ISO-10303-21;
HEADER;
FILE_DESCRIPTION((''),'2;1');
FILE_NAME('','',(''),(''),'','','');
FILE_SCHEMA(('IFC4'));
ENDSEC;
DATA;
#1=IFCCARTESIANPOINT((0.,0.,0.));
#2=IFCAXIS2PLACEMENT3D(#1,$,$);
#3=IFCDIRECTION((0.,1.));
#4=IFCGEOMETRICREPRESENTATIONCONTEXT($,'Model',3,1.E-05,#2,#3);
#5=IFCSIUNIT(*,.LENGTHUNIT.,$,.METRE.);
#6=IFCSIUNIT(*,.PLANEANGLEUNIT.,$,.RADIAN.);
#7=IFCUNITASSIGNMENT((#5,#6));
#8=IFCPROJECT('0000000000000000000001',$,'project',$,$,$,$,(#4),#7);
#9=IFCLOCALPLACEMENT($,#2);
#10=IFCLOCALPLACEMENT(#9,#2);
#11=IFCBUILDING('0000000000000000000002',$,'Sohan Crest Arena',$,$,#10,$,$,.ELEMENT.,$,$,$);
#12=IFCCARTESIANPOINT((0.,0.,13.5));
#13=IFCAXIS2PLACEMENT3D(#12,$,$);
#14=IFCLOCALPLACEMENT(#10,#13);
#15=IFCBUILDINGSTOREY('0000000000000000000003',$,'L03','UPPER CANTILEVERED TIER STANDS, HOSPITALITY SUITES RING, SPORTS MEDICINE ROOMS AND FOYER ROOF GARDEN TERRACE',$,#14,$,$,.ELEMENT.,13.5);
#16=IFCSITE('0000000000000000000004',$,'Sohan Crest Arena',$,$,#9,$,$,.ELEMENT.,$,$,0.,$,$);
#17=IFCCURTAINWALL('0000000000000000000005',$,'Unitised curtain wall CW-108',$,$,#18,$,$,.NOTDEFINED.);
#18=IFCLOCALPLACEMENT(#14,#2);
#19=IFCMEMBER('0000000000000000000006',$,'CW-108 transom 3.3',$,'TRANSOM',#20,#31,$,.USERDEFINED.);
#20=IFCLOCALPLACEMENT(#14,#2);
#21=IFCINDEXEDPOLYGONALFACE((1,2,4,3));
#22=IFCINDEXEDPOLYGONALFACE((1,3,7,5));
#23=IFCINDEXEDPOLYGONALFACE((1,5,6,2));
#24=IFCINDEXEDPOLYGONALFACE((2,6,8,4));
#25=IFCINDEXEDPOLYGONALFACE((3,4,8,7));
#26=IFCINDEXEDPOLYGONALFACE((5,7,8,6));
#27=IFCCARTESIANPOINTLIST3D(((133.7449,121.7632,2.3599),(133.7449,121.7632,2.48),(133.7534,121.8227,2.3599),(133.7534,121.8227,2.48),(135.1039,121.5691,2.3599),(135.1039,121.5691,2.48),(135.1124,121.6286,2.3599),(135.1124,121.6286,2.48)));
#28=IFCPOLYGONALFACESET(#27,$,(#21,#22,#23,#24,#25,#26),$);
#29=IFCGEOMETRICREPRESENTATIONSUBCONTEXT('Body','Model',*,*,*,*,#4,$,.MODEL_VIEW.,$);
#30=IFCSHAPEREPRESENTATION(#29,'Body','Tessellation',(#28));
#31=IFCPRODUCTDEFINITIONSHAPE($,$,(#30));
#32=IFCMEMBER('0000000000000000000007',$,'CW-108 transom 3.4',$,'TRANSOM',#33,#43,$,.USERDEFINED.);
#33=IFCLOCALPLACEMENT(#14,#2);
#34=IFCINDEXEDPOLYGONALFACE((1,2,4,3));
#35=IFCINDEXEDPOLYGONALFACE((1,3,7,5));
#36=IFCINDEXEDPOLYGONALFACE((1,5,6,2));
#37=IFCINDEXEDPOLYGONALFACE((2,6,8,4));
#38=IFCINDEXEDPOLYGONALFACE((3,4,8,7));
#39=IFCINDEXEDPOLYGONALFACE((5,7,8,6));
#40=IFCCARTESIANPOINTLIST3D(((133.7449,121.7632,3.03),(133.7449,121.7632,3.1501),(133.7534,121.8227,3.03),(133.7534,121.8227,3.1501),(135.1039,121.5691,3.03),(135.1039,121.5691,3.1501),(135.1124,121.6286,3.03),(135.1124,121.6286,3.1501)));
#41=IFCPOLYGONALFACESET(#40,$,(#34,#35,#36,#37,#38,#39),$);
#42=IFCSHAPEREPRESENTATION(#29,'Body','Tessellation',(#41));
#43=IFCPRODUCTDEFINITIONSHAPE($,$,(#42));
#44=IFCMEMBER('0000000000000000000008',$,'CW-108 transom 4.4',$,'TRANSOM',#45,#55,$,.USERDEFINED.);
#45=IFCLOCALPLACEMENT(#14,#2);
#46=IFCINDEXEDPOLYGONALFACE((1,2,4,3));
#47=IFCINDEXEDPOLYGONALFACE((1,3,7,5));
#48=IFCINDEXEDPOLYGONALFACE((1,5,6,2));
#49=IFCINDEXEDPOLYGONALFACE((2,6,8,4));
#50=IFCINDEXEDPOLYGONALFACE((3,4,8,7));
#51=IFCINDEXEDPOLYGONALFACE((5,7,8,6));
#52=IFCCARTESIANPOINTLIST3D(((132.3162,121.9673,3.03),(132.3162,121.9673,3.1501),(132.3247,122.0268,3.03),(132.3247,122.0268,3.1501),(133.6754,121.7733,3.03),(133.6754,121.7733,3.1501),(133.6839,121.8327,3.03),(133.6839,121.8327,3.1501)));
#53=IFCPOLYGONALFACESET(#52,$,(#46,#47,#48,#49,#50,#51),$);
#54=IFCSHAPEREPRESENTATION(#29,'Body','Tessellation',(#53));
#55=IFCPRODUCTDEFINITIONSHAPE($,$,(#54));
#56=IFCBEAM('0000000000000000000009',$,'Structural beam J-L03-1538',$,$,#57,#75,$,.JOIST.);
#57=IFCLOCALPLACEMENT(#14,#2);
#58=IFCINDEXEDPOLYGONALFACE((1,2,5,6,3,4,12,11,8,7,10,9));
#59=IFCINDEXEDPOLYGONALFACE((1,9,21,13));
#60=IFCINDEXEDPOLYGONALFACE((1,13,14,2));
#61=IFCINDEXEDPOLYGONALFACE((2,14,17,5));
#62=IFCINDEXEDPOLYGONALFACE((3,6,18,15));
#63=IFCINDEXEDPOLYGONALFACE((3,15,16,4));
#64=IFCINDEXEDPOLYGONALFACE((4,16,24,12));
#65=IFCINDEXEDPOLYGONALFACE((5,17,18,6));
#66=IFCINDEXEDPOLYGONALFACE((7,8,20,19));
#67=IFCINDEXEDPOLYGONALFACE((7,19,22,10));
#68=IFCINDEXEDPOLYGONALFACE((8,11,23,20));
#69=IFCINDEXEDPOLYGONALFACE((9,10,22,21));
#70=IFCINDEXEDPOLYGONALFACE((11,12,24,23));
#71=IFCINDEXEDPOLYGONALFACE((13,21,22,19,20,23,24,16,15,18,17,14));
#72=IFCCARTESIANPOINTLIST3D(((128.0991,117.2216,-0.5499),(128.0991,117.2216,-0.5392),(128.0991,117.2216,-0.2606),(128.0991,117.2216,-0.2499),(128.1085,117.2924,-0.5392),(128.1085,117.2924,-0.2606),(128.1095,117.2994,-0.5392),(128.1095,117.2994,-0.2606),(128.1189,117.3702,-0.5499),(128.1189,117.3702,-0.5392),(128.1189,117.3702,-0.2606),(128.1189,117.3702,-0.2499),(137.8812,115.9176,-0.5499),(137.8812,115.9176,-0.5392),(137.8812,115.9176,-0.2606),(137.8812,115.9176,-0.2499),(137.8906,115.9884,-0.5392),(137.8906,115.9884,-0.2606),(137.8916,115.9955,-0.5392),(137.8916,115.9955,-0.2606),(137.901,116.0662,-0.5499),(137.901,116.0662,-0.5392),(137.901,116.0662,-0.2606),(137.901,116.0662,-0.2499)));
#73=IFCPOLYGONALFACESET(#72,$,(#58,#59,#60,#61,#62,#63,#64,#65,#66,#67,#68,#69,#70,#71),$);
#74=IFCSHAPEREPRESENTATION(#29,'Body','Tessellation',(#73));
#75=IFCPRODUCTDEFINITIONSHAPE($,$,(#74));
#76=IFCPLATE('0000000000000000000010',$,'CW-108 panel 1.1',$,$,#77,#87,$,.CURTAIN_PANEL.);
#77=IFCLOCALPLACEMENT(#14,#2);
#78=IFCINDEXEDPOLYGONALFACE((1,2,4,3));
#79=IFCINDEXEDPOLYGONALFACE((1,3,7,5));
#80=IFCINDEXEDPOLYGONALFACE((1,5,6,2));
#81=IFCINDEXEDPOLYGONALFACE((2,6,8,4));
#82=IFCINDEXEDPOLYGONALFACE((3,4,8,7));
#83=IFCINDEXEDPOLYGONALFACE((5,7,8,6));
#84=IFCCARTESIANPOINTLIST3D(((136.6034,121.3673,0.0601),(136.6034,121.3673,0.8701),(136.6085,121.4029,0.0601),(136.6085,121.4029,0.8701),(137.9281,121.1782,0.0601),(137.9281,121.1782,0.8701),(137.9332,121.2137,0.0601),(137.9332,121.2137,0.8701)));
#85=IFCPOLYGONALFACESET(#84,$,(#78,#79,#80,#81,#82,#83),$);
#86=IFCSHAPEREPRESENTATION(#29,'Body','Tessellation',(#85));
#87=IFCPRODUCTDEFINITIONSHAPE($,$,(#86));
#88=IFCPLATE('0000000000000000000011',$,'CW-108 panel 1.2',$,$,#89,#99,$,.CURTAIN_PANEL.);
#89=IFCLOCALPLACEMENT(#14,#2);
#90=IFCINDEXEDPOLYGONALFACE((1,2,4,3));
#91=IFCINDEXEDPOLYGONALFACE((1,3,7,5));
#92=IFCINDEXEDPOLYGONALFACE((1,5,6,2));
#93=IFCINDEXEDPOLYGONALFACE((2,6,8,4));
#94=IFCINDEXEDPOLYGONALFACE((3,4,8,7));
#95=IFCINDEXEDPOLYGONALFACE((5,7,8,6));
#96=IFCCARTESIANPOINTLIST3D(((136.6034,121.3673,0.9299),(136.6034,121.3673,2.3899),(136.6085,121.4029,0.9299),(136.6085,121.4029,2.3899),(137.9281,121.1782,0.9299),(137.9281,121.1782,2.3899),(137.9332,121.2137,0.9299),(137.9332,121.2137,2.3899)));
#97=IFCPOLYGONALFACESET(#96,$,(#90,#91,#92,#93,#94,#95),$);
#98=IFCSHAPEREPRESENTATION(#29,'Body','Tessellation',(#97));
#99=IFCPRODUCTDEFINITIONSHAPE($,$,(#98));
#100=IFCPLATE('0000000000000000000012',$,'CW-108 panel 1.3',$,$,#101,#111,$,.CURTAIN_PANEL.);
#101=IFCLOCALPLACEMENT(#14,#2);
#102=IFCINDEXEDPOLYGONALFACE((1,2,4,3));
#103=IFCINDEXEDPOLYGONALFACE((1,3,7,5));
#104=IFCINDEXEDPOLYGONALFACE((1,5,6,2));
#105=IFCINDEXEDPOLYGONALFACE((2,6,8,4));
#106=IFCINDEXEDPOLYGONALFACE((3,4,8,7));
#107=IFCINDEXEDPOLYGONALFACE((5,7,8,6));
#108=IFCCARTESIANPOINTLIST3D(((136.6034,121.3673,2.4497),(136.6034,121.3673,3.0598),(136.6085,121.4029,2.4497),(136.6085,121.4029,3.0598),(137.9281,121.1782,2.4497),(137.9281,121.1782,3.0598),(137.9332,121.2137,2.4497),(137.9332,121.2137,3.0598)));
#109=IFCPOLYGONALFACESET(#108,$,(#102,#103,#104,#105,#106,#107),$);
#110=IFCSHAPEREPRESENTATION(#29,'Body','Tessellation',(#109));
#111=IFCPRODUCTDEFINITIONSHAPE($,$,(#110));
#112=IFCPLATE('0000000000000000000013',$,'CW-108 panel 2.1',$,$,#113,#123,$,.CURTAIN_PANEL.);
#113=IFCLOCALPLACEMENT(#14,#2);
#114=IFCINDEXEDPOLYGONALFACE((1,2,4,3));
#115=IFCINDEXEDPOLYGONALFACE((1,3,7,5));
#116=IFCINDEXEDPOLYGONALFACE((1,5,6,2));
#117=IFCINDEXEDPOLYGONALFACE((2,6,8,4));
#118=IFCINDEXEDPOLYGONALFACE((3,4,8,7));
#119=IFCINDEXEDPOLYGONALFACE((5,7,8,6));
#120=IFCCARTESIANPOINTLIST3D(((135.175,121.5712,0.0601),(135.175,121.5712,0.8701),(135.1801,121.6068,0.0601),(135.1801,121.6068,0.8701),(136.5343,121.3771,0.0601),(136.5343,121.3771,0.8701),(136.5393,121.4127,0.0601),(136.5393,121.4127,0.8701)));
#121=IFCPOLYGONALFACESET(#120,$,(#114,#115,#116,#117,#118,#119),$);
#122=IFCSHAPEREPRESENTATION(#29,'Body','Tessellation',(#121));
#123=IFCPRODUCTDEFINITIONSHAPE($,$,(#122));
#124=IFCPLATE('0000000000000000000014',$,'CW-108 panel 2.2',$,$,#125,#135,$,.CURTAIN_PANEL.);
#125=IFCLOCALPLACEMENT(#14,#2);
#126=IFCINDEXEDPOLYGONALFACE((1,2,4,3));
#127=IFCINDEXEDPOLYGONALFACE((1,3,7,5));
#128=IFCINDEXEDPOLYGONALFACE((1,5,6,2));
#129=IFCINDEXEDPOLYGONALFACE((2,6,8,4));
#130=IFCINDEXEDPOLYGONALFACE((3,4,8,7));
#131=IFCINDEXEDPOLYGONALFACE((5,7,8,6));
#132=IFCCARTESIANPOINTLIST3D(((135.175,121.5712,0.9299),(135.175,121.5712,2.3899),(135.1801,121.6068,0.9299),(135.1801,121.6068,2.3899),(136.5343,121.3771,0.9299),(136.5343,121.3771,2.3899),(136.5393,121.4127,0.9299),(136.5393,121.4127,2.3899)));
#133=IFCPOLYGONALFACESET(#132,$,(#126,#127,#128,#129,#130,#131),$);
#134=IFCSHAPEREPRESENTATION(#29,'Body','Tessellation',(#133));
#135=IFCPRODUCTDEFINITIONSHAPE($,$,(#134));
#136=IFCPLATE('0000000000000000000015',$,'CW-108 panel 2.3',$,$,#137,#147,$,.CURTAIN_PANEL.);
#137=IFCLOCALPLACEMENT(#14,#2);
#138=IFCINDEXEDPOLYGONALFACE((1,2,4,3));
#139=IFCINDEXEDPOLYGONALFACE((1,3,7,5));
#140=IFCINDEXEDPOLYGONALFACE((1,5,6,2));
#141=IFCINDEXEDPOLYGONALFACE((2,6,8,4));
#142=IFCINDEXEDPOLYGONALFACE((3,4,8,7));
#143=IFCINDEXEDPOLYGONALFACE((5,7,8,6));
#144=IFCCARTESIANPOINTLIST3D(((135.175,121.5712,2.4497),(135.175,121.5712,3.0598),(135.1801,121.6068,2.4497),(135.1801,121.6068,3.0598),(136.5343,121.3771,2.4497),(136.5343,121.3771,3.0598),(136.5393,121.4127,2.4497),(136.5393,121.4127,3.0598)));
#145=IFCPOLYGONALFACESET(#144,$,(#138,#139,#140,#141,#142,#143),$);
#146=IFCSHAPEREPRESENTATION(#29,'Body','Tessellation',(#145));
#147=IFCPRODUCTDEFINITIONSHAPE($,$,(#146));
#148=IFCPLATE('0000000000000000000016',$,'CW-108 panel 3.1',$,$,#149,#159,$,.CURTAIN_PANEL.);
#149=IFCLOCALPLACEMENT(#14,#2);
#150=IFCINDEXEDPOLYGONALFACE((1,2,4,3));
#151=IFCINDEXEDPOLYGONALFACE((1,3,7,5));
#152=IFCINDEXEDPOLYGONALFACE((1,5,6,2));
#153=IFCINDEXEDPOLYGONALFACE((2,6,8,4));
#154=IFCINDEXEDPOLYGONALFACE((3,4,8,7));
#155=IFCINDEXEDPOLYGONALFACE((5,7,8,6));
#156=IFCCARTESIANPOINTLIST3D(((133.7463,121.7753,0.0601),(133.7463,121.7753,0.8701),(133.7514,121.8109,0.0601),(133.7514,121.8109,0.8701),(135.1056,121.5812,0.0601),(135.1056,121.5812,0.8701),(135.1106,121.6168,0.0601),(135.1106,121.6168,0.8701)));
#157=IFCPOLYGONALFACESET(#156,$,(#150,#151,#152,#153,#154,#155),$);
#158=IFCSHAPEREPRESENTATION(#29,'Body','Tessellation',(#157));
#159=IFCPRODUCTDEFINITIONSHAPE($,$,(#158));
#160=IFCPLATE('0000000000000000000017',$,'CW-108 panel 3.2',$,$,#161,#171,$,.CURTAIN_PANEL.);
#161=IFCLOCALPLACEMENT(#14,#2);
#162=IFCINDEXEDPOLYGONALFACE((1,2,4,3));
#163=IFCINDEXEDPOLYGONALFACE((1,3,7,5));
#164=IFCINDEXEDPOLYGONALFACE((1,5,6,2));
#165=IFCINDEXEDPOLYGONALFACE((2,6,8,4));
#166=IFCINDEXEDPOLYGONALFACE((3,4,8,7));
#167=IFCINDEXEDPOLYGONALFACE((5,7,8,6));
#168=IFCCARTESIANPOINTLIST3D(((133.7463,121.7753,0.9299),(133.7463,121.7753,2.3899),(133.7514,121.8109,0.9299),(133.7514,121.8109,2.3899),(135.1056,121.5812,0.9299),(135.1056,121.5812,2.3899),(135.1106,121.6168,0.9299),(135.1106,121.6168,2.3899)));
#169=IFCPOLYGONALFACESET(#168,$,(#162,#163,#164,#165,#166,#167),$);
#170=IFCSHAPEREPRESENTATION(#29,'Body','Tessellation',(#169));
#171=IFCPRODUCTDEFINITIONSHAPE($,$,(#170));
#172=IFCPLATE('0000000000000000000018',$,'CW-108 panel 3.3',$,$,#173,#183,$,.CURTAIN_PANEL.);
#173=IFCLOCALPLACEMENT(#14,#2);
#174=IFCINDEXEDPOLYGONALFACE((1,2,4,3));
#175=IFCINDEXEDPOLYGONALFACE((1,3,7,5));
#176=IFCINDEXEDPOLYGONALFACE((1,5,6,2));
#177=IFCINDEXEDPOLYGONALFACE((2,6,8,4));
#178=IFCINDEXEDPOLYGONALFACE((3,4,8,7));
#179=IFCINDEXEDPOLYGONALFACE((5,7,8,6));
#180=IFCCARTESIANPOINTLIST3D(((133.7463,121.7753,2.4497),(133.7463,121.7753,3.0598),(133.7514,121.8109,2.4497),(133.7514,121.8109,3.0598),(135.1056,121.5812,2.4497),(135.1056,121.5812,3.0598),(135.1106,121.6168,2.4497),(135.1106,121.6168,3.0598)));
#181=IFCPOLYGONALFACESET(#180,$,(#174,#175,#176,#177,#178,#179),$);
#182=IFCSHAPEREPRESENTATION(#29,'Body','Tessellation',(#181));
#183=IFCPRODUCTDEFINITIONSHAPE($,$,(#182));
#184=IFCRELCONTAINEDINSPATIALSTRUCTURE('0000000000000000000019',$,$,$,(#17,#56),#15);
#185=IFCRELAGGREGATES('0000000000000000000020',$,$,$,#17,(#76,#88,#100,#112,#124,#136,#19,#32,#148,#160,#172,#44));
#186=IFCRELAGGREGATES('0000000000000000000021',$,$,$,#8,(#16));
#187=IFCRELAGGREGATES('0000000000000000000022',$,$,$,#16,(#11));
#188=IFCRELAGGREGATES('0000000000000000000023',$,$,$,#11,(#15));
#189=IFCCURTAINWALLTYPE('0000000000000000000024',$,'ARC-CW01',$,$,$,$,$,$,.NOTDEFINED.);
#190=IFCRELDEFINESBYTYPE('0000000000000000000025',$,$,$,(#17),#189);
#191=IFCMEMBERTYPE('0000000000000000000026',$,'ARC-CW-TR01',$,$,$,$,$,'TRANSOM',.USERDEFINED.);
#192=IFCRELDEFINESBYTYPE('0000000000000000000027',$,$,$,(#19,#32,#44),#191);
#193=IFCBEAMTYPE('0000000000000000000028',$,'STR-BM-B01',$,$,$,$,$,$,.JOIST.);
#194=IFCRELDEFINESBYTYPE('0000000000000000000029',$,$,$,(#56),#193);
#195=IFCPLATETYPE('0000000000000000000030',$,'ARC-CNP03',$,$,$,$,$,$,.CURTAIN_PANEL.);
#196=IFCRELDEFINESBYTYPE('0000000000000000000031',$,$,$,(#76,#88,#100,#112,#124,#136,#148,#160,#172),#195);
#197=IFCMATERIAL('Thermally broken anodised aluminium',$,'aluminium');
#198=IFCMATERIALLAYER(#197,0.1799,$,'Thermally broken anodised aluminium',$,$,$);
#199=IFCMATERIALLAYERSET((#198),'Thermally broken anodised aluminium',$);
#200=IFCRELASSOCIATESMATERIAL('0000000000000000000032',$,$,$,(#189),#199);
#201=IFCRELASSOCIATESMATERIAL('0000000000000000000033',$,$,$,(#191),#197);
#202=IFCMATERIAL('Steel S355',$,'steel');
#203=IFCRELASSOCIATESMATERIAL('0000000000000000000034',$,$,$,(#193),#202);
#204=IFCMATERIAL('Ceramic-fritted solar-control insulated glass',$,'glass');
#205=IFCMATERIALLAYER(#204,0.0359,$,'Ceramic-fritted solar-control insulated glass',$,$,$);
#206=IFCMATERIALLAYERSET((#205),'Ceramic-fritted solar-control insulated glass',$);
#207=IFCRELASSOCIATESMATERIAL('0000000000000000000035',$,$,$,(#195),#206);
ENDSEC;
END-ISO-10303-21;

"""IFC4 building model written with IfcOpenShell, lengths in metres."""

from ifc_helpers import new_model, si_unit, direction, frame, origin, origin_2d, place, context, subcontext, project, spatial, rectangle, i_section, extrude, material, layer, layer_set, material_profile, profile_set, type_object, element, aggregate, save


model = new_model("IFC4")

# Units and contexts
model_context = context("Model", 3, precision=1e-05, world=origin(), true_north=direction((0.0, 1.0)))
body_context = subcontext(model_context, "Body", "Model", "MODEL_VIEW")
ifc_project = project(units=[si_unit("LENGTHUNIT", "METRE"), si_unit("PLANEANGLEUNIT", "RADIAN")], contexts=[model_context])

# Site, building, storey
site_placement = place(None, origin())
site = spatial("IfcSite", under=ifc_project, at=site_placement, Name="Sohan Crest Arena", CompositionType="ELEMENT", RefElevation=0.0)
building_placement = place(site_placement, origin())
building = spatial("IfcBuilding", under=site, at=building_placement, Name="Sohan Crest Arena", CompositionType="ELEMENT")
storey_placement = place(building_placement, frame((0.0, 0.0, 13.5)))
storey = spatial("IfcBuildingStorey", under=building, at=storey_placement, Name="L03", Description="UPPER CANTILEVERED TIER STANDS, HOSPITALITY SUITES RING, SPORTS MEDICINE ROOMS AND FOYER ROOF GARDEN TERRACE", CompositionType="ELEMENT", Elevation=13.5)

# Curtain wall, members
ifc_material_1 = material(Name="Thermally broken anodised aluminium", Category="aluminium")
ifc_layer_1 = layer(ifc_material_1, 0.1799, Name="Thermally broken anodised aluminium")
ifc_layer_set_1 = layer_set([ifc_layer_1], Name="Thermally broken anodised aluminium")
curtain_wall_type = type_object("IfcCurtainWallType", Name="ARC-CW01", PredefinedType="NOTDEFINED", material=ifc_layer_set_1)
curtain_wall_placement = place(storey_placement, origin())
curtain_wall = element("IfcCurtainWall", 1, at=curtain_wall_placement, inside=storey, type_object=curtain_wall_type, Name="Unitised curtain wall CW-108", PredefinedType="NOTDEFINED")
ifc_material_profile_1 = material_profile(ifc_material_1, rectangle(XDim=0.0601, YDim=0.1201, at=origin_2d()), Name="ALU-TRAN 60x120")
ifc_profile_set_1 = profile_set([ifc_material_profile_1], Name="Thermally broken anodised aluminium")
member_type_1 = type_object("IfcMemberType", Name="ARC-CW-TR01", ElementType="TRANSOM", PredefinedType="USERDEFINED", material=ifc_profile_set_1)
member_1_placement = place(storey_placement, frame((135.1082, 121.5989, 2.4199), z_axis=(-0.989957, 0.141372, 0.0), x_axis=(-0.141372, -0.989957, 0.0)))
member_1 = element("IfcMember", 2, at=member_1_placement, type_object=member_type_1, Name="CW-108 transom 3.3", ObjectType="TRANSOM", PredefinedType="USERDEFINED", context=body_context, shape_type="SweptSolid", body=[
    extrude(rectangle(XDim=0.0601, YDim=0.1201, at=origin_2d()), origin(), (0.0, 0.0, 1.0), 1.3728),
])
member_2_placement = place(storey_placement, frame((135.1082, 121.5989, 3.0901), z_axis=(-0.989957, 0.141372, 0.0), x_axis=(-0.141372, -0.989957, 0.0)))
member_2 = element("IfcMember", 3, at=member_2_placement, type_object=member_type_1, Name="CW-108 transom 3.4", ObjectType="TRANSOM", PredefinedType="USERDEFINED", context=body_context, shape_type="SweptSolid", body=[
    extrude(rectangle(XDim=0.0601, YDim=0.1201, at=origin_2d()), origin(), (0.0, 0.0, 1.0), 1.3728),
])
member_3_placement = place(storey_placement, frame((133.6797, 121.803, 3.0901), z_axis=(-0.98996, 0.141347, 0.0), x_axis=(-0.141347, -0.98996, 0.0)))
member_3 = element("IfcMember", 4, at=member_3_placement, type_object=member_type_1, Name="CW-108 transom 4.4", ObjectType="TRANSOM", PredefinedType="USERDEFINED", context=body_context, shape_type="SweptSolid", body=[
    extrude(rectangle(XDim=0.0601, YDim=0.1201, at=origin_2d()), origin(), (0.0, 0.0, 1.0), 1.373),
])

# Beam
ifc_material_2 = material(Name="Steel S355", Category="steel")
ifc_material_profile_2 = material_profile(ifc_material_2, i_section(OverallWidth=0.1499, OverallDepth=0.3, WebThickness=0.0071, FlangeThickness=0.0107, at=origin_2d()), Name="IPE 300")
ifc_profile_set_2 = profile_set([ifc_material_profile_2], Name="Steel S355")
beam_type = type_object("IfcBeamType", Name="STR-BM-B01", PredefinedType="JOIST", material=ifc_profile_set_2)
beam_placement = place(storey_placement, frame((137.8911, 115.9919, -0.3999), z_axis=(-0.991232, 0.13213, 0.0), x_axis=(-0.13213, -0.991232, 0.0)))
element("IfcBeam", 5, at=beam_placement, inside=storey, type_object=beam_type, Name="Structural beam J-L03-1538", PredefinedType="JOIST", context=body_context, shape_type="SweptSolid", body=[
    extrude(i_section(OverallWidth=0.1499, OverallDepth=0.3, WebThickness=0.0071, FlangeThickness=0.0107, at=origin_2d()), origin(), (0.0, 0.0, 1.0), 9.8687),
])

# Plates
ifc_material_3 = material(Name="Ceramic-fritted solar-control insulated glass", Category="glass")
ifc_layer_2 = layer(ifc_material_3, 0.0359, Name="Ceramic-fritted solar-control insulated glass")
ifc_layer_set_2 = layer_set([ifc_layer_2], Name="Ceramic-fritted solar-control insulated glass")
plate_type = type_object("IfcPlateType", Name="ARC-CNP03", PredefinedType="CURTAIN_PANEL", material=ifc_layer_set_2)
plate_1_placement = place(storey_placement, frame((137.2683, 121.2905, 0.0601), z_axis=(0.0, 0.0, 1.0), x_axis=(-0.989957, 0.141366, 0.0)))
plate_1 = element("IfcPlate", 6, at=plate_1_placement, type_object=plate_type, Name="CW-108 panel 1.1", PredefinedType="CURTAIN_PANEL", context=body_context, shape_type="SweptSolid", body=[
    extrude(rectangle(XDim=1.3381, YDim=0.0359, at=origin_2d()), origin(), (0.0, 0.0, 1.0), 0.8101),
])
plate_2_placement = place(storey_placement, frame((137.2683, 121.2905, 0.9299), z_axis=(0.0, 0.0, 1.0), x_axis=(-0.989957, 0.141366, 0.0)))
plate_2 = element("IfcPlate", 7, at=plate_2_placement, type_object=plate_type, Name="CW-108 panel 1.2", PredefinedType="CURTAIN_PANEL", context=body_context, shape_type="SweptSolid", body=[
    extrude(rectangle(XDim=1.3381, YDim=0.0359, at=origin_2d()), origin(), (0.0, 0.0, 1.0), 1.46),
])
plate_3_placement = place(storey_placement, frame((137.2683, 121.2905, 2.4497), z_axis=(0.0, 0.0, 1.0), x_axis=(-0.989957, 0.141366, 0.0)))
plate_3 = element("IfcPlate", 8, at=plate_3_placement, type_object=plate_type, Name="CW-108 panel 1.3", PredefinedType="CURTAIN_PANEL", context=body_context, shape_type="SweptSolid", body=[
    extrude(rectangle(XDim=1.3381, YDim=0.0359, at=origin_2d()), origin(), (0.0, 0.0, 1.0), 0.6101),
])
plate_4_placement = place(storey_placement, frame((135.8572, 121.4919, 0.0601), z_axis=(0.0, 0.0, 1.0), x_axis=(-0.989957, 0.141366, 0.0)))
plate_4 = element("IfcPlate", 9, at=plate_4_placement, type_object=plate_type, Name="CW-108 panel 2.1", PredefinedType="CURTAIN_PANEL", context=body_context, shape_type="SweptSolid", body=[
    extrude(rectangle(XDim=1.373, YDim=0.0359, at=origin_2d()), origin(), (0.0, 0.0, 1.0), 0.8101),
])
plate_5_placement = place(storey_placement, frame((135.8572, 121.4919, 0.9299), z_axis=(0.0, 0.0, 1.0), x_axis=(-0.989957, 0.141366, 0.0)))
plate_5 = element("IfcPlate", 10, at=plate_5_placement, type_object=plate_type, Name="CW-108 panel 2.2", PredefinedType="CURTAIN_PANEL", context=body_context, shape_type="SweptSolid", body=[
    extrude(rectangle(XDim=1.373, YDim=0.0359, at=origin_2d()), origin(), (0.0, 0.0, 1.0), 1.46),
])
plate_6_placement = place(storey_placement, frame((135.8572, 121.4919, 2.4497), z_axis=(0.0, 0.0, 1.0), x_axis=(-0.989957, 0.141366, 0.0)))
plate_6 = element("IfcPlate", 11, at=plate_6_placement, type_object=plate_type, Name="CW-108 panel 2.3", PredefinedType="CURTAIN_PANEL", context=body_context, shape_type="SweptSolid", body=[
    extrude(rectangle(XDim=1.373, YDim=0.0359, at=origin_2d()), origin(), (0.0, 0.0, 1.0), 0.6101),
])
plate_7_placement = place(storey_placement, frame((134.4285, 121.696, 0.0601), z_axis=(0.0, 0.0, 1.0), x_axis=(-0.989957, 0.141366, 0.0)))
plate_7 = element("IfcPlate", 12, at=plate_7_placement, type_object=plate_type, Name="CW-108 panel 3.1", PredefinedType="CURTAIN_PANEL", context=body_context, shape_type="SweptSolid", body=[
    extrude(rectangle(XDim=1.373, YDim=0.0359, at=origin_2d()), origin(), (0.0, 0.0, 1.0), 0.8101),
])
plate_8_placement = place(storey_placement, frame((134.4285, 121.696, 0.9299), z_axis=(0.0, 0.0, 1.0), x_axis=(-0.989957, 0.141366, 0.0)))
plate_8 = element("IfcPlate", 13, at=plate_8_placement, type_object=plate_type, Name="CW-108 panel 3.2", PredefinedType="CURTAIN_PANEL", context=body_context, shape_type="SweptSolid", body=[
    extrude(rectangle(XDim=1.373, YDim=0.0359, at=origin_2d()), origin(), (0.0, 0.0, 1.0), 1.46),
])
plate_9_placement = place(storey_placement, frame((134.4285, 121.696, 2.4497), z_axis=(0.0, 0.0, 1.0), x_axis=(-0.989957, 0.141366, 0.0)))
plate_9 = element("IfcPlate", 14, at=plate_9_placement, type_object=plate_type, Name="CW-108 panel 3.3", PredefinedType="CURTAIN_PANEL", context=body_context, shape_type="SweptSolid", body=[
    extrude(rectangle(XDim=1.373, YDim=0.0359, at=origin_2d()), origin(), (0.0, 0.0, 1.0), 0.6101),
])
aggregate(curtain_wall, [plate_1, plate_2, plate_3, plate_4, plate_5, plate_6, member_1, member_2, plate_7, plate_8, plate_9, member_3])

save(model, "model.ifc")
